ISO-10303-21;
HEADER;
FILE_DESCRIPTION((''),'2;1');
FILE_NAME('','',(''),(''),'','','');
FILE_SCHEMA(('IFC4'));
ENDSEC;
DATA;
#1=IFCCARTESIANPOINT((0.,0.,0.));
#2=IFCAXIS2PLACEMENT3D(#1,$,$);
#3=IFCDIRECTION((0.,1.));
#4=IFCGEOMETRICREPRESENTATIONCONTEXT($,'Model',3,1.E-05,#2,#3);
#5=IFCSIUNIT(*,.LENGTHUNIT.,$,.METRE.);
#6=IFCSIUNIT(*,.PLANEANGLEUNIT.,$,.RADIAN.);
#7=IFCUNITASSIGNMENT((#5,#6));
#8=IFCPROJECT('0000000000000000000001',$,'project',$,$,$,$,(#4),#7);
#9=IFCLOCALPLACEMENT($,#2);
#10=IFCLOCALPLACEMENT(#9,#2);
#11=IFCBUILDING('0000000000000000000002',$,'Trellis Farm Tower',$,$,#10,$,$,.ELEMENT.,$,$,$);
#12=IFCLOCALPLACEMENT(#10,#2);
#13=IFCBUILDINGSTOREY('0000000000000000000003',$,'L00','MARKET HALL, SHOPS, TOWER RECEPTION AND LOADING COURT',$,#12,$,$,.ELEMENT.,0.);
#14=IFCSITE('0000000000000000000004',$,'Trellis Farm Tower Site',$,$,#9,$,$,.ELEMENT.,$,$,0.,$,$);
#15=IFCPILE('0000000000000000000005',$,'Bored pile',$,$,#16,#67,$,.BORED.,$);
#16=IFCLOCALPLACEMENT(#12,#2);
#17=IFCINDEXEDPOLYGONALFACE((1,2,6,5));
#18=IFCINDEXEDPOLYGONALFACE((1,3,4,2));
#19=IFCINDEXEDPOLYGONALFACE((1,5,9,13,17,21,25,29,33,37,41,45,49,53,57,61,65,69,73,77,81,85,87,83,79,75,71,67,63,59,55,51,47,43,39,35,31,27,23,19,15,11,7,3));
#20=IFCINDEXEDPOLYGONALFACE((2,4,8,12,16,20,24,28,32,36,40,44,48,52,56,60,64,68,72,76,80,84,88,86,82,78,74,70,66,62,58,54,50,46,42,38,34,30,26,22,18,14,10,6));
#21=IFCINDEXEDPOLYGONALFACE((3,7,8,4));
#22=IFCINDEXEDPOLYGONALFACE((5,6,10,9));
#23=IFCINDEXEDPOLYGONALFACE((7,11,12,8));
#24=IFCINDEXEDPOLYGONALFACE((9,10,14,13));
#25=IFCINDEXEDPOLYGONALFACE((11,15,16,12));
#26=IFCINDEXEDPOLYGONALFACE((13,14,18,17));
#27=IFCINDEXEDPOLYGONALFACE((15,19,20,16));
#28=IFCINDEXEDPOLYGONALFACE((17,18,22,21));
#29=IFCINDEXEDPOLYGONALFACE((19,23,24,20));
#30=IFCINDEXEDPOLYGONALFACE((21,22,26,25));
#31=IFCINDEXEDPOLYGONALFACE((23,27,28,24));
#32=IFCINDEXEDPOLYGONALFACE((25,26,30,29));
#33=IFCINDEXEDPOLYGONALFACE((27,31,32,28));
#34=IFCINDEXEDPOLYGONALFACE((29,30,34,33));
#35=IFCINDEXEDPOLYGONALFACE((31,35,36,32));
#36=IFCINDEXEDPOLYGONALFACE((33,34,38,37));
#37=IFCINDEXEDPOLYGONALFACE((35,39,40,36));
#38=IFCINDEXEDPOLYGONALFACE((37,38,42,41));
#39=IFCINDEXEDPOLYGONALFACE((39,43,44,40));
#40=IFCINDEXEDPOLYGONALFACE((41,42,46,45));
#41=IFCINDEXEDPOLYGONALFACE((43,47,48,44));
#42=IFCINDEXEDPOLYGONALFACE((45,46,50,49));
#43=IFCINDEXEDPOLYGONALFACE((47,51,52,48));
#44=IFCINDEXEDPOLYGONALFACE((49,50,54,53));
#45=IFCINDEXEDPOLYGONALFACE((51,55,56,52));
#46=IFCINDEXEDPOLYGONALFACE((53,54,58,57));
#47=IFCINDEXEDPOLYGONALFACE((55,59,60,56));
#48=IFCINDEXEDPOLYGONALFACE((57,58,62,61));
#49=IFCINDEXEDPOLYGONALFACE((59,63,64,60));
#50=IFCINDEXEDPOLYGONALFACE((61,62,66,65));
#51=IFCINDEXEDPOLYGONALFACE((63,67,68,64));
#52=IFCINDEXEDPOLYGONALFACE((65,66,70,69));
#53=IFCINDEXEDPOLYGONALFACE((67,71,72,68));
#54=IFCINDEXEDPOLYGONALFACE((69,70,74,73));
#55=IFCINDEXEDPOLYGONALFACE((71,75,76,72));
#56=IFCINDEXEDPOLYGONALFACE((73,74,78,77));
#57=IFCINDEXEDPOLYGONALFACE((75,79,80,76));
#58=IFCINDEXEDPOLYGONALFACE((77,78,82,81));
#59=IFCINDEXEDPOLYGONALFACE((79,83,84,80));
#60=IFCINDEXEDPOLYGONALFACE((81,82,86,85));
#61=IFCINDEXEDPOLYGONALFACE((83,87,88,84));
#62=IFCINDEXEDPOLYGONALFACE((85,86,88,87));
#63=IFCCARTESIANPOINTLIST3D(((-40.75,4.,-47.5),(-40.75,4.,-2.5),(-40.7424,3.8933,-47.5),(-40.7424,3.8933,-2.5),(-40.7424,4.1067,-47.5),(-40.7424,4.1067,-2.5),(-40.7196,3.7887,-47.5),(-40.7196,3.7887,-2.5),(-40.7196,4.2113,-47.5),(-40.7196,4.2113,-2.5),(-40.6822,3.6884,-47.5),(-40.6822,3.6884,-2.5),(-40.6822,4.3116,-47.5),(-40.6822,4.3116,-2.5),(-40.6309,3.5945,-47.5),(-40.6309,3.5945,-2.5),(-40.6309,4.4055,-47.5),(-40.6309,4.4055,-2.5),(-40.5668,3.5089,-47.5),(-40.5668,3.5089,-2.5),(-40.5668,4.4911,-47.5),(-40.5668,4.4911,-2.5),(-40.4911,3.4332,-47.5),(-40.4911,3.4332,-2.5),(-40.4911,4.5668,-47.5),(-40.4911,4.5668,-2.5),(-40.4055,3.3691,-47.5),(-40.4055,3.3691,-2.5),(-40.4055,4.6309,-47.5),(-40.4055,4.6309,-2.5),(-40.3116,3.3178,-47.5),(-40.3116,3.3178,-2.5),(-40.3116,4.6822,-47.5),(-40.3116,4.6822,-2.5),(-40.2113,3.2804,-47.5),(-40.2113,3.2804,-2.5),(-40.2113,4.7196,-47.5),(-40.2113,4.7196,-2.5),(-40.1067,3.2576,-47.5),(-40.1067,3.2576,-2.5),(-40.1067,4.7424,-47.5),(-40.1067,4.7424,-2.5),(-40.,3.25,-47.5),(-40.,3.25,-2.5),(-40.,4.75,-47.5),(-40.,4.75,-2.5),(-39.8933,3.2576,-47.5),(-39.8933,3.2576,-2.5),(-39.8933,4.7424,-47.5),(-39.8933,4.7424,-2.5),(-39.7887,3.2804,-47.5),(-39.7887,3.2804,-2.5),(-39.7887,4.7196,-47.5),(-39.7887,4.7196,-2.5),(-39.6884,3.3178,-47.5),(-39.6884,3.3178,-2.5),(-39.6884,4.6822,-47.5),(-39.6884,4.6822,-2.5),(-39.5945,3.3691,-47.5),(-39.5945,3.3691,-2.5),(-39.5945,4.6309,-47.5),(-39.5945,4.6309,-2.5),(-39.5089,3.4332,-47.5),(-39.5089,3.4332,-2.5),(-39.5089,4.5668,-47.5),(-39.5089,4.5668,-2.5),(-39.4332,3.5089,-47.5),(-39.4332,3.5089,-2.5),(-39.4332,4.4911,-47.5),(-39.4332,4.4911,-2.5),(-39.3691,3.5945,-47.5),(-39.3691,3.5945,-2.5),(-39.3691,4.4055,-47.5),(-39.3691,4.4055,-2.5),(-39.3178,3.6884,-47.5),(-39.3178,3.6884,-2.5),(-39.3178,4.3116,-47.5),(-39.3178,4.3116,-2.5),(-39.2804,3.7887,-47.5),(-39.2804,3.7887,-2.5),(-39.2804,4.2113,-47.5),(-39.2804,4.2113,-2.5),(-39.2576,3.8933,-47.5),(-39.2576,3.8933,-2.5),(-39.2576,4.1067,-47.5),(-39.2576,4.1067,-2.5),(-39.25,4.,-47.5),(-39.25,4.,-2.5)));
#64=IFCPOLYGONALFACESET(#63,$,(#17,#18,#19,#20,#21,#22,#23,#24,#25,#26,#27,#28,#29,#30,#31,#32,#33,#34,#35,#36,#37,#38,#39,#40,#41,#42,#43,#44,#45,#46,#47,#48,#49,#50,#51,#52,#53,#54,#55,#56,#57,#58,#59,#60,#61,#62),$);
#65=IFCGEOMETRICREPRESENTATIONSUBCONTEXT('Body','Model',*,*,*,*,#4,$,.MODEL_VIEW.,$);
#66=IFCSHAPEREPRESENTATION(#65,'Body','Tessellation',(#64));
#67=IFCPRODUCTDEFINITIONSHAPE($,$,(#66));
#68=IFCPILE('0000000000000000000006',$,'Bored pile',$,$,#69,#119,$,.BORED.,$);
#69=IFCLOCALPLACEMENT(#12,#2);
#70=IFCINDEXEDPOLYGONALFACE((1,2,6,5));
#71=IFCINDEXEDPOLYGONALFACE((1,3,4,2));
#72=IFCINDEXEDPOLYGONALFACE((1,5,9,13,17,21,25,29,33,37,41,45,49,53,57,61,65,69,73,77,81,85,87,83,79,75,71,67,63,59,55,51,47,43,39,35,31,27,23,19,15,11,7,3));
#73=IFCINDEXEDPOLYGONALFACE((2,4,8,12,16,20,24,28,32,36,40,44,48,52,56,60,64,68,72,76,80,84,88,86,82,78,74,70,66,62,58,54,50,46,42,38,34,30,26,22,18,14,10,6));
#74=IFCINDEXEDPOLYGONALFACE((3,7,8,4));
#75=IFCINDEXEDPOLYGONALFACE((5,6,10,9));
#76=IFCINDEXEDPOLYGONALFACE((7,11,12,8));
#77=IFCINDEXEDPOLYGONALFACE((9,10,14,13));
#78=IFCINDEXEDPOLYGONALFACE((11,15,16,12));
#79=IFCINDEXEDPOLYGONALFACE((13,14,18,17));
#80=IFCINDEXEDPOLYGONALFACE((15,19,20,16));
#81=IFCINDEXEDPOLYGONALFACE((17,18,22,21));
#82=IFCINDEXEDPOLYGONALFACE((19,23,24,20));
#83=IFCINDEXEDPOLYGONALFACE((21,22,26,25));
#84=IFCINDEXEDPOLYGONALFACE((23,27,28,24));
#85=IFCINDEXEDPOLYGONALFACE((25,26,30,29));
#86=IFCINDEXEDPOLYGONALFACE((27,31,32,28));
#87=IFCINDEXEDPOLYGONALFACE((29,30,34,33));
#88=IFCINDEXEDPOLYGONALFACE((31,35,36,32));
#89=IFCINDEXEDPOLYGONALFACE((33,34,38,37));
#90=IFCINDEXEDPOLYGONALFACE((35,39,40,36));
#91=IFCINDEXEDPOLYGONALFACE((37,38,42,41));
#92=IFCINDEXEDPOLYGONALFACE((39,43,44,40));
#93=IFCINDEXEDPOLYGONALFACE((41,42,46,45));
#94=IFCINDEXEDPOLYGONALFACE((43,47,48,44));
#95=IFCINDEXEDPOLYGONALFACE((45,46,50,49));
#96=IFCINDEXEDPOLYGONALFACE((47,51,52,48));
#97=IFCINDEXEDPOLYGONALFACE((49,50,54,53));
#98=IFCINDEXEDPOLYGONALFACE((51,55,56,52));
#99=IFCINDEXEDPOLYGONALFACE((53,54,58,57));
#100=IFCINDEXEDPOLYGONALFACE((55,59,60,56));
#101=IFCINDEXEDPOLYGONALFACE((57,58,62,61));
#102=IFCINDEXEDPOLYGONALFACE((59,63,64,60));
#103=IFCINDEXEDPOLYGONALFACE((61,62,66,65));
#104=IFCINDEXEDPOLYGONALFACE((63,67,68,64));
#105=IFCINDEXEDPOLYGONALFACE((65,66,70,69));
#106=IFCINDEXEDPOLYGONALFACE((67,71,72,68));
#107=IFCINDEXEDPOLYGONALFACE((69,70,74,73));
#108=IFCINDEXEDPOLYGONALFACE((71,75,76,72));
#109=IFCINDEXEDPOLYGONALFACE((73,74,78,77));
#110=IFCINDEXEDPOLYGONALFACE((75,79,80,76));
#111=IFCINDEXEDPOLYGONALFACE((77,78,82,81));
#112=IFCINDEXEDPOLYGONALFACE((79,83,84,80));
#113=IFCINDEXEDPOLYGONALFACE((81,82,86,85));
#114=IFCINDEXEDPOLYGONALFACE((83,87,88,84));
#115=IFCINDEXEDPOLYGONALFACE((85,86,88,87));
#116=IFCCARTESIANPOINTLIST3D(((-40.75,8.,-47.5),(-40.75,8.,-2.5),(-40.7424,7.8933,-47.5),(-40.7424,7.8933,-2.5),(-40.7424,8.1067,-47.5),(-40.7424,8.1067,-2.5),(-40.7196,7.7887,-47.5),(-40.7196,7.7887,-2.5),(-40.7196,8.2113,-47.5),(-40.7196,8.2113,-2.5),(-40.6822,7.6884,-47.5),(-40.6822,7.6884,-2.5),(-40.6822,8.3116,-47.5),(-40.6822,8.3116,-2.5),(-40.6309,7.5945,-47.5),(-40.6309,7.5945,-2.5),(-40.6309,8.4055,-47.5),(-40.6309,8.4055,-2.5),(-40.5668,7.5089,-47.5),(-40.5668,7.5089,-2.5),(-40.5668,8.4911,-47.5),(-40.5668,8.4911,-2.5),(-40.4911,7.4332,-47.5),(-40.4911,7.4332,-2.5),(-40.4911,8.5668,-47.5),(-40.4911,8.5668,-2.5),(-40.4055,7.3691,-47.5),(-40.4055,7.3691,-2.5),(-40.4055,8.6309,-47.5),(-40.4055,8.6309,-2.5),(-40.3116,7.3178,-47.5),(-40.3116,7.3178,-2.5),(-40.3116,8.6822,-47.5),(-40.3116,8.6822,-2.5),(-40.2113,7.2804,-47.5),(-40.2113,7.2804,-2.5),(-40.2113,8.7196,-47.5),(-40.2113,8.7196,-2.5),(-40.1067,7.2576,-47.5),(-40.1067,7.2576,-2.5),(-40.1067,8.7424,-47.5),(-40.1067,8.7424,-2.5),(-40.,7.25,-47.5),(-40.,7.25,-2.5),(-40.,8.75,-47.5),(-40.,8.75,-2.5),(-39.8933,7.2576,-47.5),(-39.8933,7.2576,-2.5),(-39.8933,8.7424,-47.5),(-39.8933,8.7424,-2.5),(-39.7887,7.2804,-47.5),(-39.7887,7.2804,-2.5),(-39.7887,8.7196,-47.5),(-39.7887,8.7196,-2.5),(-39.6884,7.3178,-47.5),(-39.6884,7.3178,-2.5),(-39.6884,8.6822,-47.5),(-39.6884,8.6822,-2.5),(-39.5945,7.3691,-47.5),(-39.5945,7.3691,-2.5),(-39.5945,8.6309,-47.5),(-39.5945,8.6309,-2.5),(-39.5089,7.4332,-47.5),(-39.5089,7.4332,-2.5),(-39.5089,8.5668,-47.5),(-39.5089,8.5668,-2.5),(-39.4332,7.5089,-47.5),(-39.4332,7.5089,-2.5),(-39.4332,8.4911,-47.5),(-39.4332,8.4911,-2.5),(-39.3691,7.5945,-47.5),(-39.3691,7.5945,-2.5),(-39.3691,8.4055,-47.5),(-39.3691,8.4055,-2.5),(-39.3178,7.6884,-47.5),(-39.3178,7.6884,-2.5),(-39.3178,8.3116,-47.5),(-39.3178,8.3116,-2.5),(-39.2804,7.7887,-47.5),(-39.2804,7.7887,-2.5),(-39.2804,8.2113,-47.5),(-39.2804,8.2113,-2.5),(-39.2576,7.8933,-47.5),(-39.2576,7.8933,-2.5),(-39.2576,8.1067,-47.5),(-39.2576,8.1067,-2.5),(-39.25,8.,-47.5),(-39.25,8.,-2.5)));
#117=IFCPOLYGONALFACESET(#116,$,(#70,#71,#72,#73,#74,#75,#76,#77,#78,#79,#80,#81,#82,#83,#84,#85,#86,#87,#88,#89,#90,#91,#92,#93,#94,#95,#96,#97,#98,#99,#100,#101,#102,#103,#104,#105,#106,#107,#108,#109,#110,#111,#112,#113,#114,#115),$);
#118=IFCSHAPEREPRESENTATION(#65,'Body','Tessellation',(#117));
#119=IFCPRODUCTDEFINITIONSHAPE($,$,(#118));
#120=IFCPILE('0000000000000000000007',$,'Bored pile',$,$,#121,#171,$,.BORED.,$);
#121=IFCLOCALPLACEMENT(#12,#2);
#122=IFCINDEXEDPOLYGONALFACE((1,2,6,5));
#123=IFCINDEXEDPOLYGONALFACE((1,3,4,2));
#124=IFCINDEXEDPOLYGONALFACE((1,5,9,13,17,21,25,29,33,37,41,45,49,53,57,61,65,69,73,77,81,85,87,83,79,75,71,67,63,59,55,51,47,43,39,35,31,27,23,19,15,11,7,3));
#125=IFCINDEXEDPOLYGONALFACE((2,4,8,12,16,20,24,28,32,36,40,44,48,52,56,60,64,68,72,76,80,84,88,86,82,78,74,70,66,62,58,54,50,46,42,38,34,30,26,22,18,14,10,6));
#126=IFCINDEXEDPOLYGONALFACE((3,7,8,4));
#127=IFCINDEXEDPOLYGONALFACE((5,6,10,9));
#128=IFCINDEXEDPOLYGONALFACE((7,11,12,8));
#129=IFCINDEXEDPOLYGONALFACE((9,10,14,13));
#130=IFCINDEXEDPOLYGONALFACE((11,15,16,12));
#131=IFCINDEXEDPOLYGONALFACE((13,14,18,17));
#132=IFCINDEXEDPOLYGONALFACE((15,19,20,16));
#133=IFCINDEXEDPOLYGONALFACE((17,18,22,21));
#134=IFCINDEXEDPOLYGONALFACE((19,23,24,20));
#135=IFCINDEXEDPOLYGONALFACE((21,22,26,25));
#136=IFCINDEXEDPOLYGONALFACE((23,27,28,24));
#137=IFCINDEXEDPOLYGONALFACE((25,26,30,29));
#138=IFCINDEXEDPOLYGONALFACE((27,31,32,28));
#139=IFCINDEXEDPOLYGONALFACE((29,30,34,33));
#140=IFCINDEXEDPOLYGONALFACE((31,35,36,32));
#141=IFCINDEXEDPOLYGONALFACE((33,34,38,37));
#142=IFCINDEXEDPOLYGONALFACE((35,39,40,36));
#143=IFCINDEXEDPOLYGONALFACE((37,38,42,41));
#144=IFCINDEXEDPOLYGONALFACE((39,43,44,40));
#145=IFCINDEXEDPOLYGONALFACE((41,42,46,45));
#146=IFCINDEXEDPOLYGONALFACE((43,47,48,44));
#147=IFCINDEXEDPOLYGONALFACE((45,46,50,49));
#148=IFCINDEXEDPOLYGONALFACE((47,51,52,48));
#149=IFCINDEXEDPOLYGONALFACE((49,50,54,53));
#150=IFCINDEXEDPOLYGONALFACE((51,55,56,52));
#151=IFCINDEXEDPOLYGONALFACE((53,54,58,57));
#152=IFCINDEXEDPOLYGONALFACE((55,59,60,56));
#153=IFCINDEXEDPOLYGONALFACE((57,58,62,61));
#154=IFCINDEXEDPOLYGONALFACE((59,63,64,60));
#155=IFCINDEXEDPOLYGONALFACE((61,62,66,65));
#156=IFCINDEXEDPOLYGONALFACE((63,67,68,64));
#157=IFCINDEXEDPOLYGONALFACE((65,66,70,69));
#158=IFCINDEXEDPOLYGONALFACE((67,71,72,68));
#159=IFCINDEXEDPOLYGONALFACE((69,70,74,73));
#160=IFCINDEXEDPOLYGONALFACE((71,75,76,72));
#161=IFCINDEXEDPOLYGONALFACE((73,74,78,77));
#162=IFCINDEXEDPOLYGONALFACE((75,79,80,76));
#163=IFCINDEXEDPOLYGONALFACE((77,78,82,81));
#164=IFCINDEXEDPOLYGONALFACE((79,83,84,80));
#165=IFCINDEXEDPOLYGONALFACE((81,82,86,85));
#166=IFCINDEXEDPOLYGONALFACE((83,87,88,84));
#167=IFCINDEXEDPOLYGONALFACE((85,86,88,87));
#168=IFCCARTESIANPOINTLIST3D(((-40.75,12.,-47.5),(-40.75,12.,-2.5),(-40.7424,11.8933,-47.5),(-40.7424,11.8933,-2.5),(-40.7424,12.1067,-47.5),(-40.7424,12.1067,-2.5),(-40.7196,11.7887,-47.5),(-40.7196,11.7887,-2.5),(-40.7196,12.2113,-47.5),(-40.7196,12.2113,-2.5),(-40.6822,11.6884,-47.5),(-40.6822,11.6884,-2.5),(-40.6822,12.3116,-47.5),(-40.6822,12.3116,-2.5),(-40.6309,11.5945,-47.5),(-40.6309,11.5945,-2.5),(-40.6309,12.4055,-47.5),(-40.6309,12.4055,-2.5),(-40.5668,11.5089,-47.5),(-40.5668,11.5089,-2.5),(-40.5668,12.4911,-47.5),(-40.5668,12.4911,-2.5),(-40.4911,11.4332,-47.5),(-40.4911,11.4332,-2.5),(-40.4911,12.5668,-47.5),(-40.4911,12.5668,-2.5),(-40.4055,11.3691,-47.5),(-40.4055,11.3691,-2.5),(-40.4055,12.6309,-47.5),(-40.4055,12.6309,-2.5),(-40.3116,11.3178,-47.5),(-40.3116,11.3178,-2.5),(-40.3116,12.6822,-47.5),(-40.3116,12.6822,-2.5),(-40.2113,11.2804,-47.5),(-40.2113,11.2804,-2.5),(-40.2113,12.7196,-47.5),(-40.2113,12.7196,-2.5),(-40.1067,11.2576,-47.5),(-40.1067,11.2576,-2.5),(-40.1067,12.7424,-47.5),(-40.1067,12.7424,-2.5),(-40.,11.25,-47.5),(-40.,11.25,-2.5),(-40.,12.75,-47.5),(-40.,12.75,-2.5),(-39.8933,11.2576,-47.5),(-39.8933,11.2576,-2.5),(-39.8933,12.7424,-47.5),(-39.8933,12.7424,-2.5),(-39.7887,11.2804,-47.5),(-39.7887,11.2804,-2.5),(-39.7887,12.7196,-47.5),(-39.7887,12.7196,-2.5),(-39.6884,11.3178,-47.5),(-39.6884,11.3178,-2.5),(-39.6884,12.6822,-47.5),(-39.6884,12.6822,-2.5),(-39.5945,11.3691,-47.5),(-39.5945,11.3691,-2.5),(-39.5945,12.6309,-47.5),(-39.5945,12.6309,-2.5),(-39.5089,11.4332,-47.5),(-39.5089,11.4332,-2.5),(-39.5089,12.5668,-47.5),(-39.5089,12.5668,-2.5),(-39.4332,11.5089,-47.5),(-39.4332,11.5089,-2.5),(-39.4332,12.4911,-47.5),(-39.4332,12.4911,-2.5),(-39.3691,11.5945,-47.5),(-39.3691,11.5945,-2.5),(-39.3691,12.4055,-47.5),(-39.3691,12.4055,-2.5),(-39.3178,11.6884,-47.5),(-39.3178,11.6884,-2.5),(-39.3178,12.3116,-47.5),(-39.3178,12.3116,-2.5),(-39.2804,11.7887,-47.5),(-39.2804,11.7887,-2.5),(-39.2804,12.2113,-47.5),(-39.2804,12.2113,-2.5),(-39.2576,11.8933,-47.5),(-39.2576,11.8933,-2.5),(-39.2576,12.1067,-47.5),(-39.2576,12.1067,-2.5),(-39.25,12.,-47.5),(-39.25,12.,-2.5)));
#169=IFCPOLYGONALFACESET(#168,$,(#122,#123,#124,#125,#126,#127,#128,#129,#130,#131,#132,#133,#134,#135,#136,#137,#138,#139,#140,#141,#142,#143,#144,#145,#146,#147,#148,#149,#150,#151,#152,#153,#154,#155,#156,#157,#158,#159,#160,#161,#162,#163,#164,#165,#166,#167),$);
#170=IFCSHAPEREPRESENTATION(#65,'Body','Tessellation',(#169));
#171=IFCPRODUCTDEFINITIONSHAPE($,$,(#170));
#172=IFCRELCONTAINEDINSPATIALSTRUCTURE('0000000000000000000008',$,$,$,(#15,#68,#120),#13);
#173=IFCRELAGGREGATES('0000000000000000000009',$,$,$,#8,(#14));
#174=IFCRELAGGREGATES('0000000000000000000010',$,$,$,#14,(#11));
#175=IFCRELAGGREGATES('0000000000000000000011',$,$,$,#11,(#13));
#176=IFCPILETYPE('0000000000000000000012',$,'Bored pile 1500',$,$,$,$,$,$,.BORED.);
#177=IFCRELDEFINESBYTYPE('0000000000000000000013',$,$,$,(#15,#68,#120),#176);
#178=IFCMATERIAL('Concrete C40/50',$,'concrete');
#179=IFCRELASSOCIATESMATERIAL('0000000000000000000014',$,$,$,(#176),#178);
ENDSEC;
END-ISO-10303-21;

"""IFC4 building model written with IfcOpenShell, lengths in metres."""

from ifc_helpers import new_model, si_unit, direction, frame, origin, origin_2d, place, context, subcontext, project, spatial, circle, extrude, source, transform, mapped, material, material_profile, profile_set, type_object, element, save


model = new_model("IFC4")

# Units and contexts
model_context = context("Model", 3, precision=1e-05, world=origin(), true_north=direction((0.0, 1.0)))
body_context = subcontext(model_context, "Body", "Model", "MODEL_VIEW")
ifc_project = project(units=[si_unit("LENGTHUNIT", "METRE"), si_unit("PLANEANGLEUNIT", "RADIAN")], contexts=[model_context])

# Site, building, storey
site_placement = place(None, origin())
site = spatial("IfcSite", under=ifc_project, at=site_placement, Name="Trellis Farm Tower Site", CompositionType="ELEMENT", RefElevation=0.0)
building_placement = place(site_placement, origin())
building = spatial("IfcBuilding", under=site, at=building_placement, Name="Trellis Farm Tower", CompositionType="ELEMENT")
storey_placement = place(building_placement, origin())
storey = spatial("IfcBuildingStorey", under=building, at=storey_placement, Name="L00", Description="MARKET HALL, SHOPS, TOWER RECEPTION AND LOADING COURT", CompositionType="ELEMENT", Elevation=0.0)

# Piles
ifc_material_1 = material(Name="Concrete C40/50", Category="concrete")
ifc_material_profile_1 = material_profile(ifc_material_1, circle(Radius=0.75, at=origin_2d()), Name="Bored pile 1500")
ifc_profile_set_1 = profile_set([ifc_material_profile_1], Name="Concrete C40/50")
pile_type = type_object("IfcPileType", Name="Bored pile 1500", PredefinedType="BORED", material=ifc_profile_set_1)
shared_shape_1 = source(origin(), body_context, "Body", "SweptSolid", [
    extrude(circle(Radius=0.75, at=origin_2d()), origin(), (0.0, 0.0, 1.0), 45.0),
])
for number, where, z_axis, x_axis, name in (
    (1, (-40.0, 4.0, -2.5), (0.0, 0.0, -1.0), (1.0, 0.0, 0.0), "Bored pile"),
    (2, (-40.0, 8.0, -2.5), (0.0, 0.0, -1.0), (1.0, 0.0, 0.0), "Bored pile"),
    (3, (-40.0, 12.0, -2.5), (0.0, 0.0, -1.0), (1.0, 0.0, 0.0), "Bored pile"),
):
    element("IfcPile", number, at=place(storey_placement, frame(where, z_axis=z_axis, x_axis=x_axis)), inside=storey, type_object=pile_type, Name=name, PredefinedType="BORED", context=body_context, shape_type="MappedRepresentation", body=[
        mapped(shared_shape_1, transform((0.0, 0.0, 0.0))),
    ])

save(model, "model.ifc")
